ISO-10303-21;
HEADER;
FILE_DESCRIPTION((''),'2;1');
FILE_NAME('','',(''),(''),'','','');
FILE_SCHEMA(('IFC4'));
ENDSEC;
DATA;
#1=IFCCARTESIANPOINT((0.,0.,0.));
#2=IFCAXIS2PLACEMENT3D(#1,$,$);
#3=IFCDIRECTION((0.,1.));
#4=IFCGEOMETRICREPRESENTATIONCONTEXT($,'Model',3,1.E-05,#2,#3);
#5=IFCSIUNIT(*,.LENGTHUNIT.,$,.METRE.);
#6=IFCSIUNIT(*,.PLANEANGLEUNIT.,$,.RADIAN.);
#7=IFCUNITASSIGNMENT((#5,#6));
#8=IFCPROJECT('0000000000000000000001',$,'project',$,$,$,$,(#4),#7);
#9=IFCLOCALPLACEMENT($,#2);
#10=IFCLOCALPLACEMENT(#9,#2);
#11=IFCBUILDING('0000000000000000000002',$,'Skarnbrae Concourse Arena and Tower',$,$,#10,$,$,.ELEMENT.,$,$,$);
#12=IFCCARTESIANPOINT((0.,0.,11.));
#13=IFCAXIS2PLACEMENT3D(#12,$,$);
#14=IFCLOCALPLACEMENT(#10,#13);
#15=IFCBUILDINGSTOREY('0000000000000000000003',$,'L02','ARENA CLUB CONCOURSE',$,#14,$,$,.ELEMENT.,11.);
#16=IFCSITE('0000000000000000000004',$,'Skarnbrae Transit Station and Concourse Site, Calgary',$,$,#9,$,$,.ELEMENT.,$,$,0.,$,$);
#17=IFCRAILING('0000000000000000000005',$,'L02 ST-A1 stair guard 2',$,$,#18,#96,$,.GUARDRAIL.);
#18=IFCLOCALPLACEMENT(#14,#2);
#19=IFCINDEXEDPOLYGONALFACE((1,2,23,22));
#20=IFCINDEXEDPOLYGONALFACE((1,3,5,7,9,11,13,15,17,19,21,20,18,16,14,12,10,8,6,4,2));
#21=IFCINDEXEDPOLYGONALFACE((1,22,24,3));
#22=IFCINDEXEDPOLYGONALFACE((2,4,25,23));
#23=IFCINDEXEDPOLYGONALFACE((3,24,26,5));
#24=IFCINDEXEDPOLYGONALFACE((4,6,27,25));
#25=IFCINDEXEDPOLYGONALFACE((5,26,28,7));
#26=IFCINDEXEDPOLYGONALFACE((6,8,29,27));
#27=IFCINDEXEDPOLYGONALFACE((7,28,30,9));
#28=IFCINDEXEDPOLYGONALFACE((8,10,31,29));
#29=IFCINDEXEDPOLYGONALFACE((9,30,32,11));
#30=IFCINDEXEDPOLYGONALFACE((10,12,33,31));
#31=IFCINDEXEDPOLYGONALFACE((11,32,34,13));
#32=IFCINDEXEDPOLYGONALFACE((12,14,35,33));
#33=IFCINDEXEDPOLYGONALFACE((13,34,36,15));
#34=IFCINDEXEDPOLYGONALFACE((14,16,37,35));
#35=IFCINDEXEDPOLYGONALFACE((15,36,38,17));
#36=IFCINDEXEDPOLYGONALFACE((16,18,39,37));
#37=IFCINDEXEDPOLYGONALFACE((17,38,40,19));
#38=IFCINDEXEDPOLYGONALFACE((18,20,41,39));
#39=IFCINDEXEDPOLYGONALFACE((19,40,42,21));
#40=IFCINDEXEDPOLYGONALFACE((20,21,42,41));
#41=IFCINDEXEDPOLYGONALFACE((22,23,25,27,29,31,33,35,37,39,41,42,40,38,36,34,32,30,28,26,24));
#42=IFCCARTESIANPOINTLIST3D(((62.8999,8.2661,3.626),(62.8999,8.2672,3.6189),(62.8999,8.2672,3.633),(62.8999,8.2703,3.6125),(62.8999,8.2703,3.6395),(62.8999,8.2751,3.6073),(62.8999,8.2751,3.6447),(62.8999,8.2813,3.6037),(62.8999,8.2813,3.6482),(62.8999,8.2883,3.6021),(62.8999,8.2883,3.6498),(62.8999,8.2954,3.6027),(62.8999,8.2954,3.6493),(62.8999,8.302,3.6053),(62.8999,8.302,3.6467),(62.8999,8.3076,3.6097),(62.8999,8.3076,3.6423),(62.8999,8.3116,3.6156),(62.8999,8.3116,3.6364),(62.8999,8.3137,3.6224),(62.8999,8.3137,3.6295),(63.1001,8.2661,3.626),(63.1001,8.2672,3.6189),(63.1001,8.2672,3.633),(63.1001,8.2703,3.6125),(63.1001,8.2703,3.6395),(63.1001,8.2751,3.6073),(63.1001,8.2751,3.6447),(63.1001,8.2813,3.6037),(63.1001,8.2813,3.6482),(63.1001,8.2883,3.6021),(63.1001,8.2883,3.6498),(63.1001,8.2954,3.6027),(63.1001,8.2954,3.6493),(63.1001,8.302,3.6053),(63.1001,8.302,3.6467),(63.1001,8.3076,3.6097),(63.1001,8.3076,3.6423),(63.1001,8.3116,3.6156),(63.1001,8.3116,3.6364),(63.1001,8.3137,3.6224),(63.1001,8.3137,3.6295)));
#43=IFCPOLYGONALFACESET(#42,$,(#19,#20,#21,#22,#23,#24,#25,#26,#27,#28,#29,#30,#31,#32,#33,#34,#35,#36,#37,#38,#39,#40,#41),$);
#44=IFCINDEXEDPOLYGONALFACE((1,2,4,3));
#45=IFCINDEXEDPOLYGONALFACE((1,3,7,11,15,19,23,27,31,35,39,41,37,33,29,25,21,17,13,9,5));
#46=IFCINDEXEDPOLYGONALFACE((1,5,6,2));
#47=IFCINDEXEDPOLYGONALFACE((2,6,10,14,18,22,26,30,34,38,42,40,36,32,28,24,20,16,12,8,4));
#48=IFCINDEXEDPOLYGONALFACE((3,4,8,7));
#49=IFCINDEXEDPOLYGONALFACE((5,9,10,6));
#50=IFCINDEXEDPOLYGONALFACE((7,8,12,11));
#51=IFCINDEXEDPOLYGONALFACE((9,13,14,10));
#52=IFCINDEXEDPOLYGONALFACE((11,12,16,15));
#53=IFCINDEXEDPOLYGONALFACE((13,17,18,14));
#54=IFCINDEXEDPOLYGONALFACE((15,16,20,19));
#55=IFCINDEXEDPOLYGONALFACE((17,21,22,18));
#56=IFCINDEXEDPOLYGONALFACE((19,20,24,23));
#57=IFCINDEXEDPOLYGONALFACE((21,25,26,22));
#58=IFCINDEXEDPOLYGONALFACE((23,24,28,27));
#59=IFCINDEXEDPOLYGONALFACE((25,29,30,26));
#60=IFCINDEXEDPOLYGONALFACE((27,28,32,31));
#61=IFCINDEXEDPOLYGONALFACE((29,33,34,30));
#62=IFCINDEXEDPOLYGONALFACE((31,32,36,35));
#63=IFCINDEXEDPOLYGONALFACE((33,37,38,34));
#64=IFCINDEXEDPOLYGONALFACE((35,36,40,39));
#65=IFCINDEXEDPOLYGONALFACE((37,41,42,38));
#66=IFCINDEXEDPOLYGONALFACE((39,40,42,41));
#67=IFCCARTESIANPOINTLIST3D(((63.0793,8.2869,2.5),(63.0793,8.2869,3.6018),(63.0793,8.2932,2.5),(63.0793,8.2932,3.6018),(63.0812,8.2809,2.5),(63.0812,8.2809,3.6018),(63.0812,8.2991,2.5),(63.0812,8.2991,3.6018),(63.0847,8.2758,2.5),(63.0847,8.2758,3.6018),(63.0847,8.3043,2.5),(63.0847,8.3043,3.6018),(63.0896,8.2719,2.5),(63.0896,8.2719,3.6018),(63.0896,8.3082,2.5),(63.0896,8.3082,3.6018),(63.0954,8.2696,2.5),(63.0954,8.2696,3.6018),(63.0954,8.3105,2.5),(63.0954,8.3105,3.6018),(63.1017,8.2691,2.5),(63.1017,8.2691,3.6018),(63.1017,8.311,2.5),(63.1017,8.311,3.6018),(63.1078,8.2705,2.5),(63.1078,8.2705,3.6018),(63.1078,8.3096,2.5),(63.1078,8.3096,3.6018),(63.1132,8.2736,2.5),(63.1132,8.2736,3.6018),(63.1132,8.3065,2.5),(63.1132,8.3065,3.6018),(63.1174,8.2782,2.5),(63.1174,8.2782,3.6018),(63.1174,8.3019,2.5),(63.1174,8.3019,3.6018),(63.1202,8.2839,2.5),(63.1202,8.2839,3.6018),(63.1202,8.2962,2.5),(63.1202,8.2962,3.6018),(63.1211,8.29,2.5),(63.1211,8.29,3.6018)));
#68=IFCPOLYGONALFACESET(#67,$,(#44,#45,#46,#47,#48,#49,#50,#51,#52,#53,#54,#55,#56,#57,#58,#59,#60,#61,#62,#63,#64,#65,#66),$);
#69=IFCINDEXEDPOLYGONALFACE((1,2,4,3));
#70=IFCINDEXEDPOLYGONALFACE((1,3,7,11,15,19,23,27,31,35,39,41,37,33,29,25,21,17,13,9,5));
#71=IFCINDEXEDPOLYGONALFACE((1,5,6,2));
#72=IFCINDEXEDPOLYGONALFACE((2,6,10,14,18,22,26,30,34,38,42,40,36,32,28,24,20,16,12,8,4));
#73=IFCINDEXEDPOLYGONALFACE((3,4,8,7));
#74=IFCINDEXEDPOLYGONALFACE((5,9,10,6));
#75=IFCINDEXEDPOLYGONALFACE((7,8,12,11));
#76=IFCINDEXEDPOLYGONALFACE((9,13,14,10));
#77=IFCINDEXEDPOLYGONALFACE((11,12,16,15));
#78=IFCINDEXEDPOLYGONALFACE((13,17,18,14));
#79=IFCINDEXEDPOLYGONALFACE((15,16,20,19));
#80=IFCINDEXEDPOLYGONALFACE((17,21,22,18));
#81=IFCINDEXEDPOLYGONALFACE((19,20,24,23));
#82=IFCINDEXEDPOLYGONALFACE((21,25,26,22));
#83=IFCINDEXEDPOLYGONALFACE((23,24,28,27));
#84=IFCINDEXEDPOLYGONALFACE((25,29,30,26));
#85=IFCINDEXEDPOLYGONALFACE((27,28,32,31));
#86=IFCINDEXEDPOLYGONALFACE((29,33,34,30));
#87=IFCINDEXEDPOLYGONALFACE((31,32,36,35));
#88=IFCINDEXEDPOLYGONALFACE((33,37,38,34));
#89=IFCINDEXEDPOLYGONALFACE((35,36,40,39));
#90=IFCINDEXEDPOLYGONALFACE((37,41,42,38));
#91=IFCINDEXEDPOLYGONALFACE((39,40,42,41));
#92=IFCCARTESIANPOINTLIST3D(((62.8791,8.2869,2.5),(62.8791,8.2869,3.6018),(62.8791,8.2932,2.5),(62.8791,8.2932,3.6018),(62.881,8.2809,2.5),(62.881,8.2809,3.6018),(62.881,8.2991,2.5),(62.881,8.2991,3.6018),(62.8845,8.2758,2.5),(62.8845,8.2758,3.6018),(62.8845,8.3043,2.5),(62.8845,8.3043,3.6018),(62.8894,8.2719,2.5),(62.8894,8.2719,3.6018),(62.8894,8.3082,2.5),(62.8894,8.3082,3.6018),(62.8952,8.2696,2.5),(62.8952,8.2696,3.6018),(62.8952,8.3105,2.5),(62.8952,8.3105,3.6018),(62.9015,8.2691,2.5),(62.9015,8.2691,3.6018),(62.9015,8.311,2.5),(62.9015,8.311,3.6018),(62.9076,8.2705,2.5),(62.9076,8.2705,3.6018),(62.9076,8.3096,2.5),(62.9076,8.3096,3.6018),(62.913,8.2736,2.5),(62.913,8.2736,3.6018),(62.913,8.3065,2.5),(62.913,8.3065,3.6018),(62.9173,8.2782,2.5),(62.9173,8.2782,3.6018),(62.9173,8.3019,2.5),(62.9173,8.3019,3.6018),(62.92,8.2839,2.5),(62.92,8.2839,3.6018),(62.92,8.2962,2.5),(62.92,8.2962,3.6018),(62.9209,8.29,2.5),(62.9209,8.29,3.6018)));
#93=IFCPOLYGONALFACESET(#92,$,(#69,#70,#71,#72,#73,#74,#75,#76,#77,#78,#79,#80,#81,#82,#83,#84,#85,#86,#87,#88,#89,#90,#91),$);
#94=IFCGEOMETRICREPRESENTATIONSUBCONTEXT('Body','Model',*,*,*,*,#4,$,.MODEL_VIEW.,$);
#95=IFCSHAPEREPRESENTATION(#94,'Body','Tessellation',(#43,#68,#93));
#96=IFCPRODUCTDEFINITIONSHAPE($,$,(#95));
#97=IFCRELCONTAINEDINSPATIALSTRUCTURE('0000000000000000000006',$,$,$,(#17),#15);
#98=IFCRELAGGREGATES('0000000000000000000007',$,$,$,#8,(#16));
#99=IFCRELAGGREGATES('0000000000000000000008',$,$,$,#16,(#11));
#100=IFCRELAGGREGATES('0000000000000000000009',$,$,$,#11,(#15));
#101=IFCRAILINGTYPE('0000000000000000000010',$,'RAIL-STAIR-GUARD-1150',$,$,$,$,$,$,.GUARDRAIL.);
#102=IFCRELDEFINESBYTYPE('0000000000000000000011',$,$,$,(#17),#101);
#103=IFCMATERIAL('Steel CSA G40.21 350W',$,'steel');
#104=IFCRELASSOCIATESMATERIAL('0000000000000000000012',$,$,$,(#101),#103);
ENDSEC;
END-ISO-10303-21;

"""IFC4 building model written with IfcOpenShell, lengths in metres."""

from ifc_helpers import new_model, si_unit, direction, frame, origin, origin_2d, place, context, subcontext, project, spatial, circle, extrude, material, type_object, element, save


model = new_model("IFC4")

# Units and contexts
model_context = context("Model", 3, precision=1e-05, world=origin(), true_north=direction((0.0, 1.0)))
body_context = subcontext(model_context, "Body", "Model", "MODEL_VIEW")
ifc_project = project(units=[si_unit("LENGTHUNIT", "METRE"), si_unit("PLANEANGLEUNIT", "RADIAN")], contexts=[model_context])

# Site, building, storey
site_placement = place(None, origin())
site = spatial("IfcSite", under=ifc_project, at=site_placement, Name="Skarnbrae Transit Station and Concourse Site, Calgary", CompositionType="ELEMENT", RefElevation=0.0)
building_placement = place(site_placement, origin())
building = spatial("IfcBuilding", under=site, at=building_placement, Name="Skarnbrae Concourse Arena and Tower", CompositionType="ELEMENT")
storey_placement = place(building_placement, frame((0.0, 0.0, 11.0)))
storey = spatial("IfcBuildingStorey", under=building, at=storey_placement, Name="L02", Description="ARENA CLUB CONCOURSE", CompositionType="ELEMENT", Elevation=11.0)

# Shared definitions
ifc_material_1 = material(Name="Steel CSA G40.21 350W", Category="steel")

# Railing
railing_type_1 = type_object("IfcRailingType", Name="RAIL-STAIR-GUARD-1150", PredefinedType="GUARDRAIL", material=ifc_material_1)
railing_1_placement = place(storey_placement, frame((63.1001, 8.29, 2.5)))
element("IfcRailing", 1, at=railing_1_placement, inside=storey, type_object=railing_type_1, Name="L02 ST-A1 stair guard 2", PredefinedType="GUARDRAIL", context=body_context, shape_type="SweptSolid", body=[
    extrude(circle(Radius=0.0239, at=origin_2d()), frame((0.0, 0.0, 1.126), z_axis=(-1.0, 0.0, 0.0), x_axis=(0.0, -1.0, 0.0)), (0.0, 0.0, 1.0), 0.2002),
    extrude(circle(Radius=0.021, at=origin_2d()), origin(), (0.0, 0.0, 1.0), 1.1018),
    extrude(circle(Radius=0.021, at=origin_2d()), frame((-0.2002, 0.0, 0.0)), (0.0, 0.0, 1.0), 1.1018),
])

save(model, "model.ifc")
